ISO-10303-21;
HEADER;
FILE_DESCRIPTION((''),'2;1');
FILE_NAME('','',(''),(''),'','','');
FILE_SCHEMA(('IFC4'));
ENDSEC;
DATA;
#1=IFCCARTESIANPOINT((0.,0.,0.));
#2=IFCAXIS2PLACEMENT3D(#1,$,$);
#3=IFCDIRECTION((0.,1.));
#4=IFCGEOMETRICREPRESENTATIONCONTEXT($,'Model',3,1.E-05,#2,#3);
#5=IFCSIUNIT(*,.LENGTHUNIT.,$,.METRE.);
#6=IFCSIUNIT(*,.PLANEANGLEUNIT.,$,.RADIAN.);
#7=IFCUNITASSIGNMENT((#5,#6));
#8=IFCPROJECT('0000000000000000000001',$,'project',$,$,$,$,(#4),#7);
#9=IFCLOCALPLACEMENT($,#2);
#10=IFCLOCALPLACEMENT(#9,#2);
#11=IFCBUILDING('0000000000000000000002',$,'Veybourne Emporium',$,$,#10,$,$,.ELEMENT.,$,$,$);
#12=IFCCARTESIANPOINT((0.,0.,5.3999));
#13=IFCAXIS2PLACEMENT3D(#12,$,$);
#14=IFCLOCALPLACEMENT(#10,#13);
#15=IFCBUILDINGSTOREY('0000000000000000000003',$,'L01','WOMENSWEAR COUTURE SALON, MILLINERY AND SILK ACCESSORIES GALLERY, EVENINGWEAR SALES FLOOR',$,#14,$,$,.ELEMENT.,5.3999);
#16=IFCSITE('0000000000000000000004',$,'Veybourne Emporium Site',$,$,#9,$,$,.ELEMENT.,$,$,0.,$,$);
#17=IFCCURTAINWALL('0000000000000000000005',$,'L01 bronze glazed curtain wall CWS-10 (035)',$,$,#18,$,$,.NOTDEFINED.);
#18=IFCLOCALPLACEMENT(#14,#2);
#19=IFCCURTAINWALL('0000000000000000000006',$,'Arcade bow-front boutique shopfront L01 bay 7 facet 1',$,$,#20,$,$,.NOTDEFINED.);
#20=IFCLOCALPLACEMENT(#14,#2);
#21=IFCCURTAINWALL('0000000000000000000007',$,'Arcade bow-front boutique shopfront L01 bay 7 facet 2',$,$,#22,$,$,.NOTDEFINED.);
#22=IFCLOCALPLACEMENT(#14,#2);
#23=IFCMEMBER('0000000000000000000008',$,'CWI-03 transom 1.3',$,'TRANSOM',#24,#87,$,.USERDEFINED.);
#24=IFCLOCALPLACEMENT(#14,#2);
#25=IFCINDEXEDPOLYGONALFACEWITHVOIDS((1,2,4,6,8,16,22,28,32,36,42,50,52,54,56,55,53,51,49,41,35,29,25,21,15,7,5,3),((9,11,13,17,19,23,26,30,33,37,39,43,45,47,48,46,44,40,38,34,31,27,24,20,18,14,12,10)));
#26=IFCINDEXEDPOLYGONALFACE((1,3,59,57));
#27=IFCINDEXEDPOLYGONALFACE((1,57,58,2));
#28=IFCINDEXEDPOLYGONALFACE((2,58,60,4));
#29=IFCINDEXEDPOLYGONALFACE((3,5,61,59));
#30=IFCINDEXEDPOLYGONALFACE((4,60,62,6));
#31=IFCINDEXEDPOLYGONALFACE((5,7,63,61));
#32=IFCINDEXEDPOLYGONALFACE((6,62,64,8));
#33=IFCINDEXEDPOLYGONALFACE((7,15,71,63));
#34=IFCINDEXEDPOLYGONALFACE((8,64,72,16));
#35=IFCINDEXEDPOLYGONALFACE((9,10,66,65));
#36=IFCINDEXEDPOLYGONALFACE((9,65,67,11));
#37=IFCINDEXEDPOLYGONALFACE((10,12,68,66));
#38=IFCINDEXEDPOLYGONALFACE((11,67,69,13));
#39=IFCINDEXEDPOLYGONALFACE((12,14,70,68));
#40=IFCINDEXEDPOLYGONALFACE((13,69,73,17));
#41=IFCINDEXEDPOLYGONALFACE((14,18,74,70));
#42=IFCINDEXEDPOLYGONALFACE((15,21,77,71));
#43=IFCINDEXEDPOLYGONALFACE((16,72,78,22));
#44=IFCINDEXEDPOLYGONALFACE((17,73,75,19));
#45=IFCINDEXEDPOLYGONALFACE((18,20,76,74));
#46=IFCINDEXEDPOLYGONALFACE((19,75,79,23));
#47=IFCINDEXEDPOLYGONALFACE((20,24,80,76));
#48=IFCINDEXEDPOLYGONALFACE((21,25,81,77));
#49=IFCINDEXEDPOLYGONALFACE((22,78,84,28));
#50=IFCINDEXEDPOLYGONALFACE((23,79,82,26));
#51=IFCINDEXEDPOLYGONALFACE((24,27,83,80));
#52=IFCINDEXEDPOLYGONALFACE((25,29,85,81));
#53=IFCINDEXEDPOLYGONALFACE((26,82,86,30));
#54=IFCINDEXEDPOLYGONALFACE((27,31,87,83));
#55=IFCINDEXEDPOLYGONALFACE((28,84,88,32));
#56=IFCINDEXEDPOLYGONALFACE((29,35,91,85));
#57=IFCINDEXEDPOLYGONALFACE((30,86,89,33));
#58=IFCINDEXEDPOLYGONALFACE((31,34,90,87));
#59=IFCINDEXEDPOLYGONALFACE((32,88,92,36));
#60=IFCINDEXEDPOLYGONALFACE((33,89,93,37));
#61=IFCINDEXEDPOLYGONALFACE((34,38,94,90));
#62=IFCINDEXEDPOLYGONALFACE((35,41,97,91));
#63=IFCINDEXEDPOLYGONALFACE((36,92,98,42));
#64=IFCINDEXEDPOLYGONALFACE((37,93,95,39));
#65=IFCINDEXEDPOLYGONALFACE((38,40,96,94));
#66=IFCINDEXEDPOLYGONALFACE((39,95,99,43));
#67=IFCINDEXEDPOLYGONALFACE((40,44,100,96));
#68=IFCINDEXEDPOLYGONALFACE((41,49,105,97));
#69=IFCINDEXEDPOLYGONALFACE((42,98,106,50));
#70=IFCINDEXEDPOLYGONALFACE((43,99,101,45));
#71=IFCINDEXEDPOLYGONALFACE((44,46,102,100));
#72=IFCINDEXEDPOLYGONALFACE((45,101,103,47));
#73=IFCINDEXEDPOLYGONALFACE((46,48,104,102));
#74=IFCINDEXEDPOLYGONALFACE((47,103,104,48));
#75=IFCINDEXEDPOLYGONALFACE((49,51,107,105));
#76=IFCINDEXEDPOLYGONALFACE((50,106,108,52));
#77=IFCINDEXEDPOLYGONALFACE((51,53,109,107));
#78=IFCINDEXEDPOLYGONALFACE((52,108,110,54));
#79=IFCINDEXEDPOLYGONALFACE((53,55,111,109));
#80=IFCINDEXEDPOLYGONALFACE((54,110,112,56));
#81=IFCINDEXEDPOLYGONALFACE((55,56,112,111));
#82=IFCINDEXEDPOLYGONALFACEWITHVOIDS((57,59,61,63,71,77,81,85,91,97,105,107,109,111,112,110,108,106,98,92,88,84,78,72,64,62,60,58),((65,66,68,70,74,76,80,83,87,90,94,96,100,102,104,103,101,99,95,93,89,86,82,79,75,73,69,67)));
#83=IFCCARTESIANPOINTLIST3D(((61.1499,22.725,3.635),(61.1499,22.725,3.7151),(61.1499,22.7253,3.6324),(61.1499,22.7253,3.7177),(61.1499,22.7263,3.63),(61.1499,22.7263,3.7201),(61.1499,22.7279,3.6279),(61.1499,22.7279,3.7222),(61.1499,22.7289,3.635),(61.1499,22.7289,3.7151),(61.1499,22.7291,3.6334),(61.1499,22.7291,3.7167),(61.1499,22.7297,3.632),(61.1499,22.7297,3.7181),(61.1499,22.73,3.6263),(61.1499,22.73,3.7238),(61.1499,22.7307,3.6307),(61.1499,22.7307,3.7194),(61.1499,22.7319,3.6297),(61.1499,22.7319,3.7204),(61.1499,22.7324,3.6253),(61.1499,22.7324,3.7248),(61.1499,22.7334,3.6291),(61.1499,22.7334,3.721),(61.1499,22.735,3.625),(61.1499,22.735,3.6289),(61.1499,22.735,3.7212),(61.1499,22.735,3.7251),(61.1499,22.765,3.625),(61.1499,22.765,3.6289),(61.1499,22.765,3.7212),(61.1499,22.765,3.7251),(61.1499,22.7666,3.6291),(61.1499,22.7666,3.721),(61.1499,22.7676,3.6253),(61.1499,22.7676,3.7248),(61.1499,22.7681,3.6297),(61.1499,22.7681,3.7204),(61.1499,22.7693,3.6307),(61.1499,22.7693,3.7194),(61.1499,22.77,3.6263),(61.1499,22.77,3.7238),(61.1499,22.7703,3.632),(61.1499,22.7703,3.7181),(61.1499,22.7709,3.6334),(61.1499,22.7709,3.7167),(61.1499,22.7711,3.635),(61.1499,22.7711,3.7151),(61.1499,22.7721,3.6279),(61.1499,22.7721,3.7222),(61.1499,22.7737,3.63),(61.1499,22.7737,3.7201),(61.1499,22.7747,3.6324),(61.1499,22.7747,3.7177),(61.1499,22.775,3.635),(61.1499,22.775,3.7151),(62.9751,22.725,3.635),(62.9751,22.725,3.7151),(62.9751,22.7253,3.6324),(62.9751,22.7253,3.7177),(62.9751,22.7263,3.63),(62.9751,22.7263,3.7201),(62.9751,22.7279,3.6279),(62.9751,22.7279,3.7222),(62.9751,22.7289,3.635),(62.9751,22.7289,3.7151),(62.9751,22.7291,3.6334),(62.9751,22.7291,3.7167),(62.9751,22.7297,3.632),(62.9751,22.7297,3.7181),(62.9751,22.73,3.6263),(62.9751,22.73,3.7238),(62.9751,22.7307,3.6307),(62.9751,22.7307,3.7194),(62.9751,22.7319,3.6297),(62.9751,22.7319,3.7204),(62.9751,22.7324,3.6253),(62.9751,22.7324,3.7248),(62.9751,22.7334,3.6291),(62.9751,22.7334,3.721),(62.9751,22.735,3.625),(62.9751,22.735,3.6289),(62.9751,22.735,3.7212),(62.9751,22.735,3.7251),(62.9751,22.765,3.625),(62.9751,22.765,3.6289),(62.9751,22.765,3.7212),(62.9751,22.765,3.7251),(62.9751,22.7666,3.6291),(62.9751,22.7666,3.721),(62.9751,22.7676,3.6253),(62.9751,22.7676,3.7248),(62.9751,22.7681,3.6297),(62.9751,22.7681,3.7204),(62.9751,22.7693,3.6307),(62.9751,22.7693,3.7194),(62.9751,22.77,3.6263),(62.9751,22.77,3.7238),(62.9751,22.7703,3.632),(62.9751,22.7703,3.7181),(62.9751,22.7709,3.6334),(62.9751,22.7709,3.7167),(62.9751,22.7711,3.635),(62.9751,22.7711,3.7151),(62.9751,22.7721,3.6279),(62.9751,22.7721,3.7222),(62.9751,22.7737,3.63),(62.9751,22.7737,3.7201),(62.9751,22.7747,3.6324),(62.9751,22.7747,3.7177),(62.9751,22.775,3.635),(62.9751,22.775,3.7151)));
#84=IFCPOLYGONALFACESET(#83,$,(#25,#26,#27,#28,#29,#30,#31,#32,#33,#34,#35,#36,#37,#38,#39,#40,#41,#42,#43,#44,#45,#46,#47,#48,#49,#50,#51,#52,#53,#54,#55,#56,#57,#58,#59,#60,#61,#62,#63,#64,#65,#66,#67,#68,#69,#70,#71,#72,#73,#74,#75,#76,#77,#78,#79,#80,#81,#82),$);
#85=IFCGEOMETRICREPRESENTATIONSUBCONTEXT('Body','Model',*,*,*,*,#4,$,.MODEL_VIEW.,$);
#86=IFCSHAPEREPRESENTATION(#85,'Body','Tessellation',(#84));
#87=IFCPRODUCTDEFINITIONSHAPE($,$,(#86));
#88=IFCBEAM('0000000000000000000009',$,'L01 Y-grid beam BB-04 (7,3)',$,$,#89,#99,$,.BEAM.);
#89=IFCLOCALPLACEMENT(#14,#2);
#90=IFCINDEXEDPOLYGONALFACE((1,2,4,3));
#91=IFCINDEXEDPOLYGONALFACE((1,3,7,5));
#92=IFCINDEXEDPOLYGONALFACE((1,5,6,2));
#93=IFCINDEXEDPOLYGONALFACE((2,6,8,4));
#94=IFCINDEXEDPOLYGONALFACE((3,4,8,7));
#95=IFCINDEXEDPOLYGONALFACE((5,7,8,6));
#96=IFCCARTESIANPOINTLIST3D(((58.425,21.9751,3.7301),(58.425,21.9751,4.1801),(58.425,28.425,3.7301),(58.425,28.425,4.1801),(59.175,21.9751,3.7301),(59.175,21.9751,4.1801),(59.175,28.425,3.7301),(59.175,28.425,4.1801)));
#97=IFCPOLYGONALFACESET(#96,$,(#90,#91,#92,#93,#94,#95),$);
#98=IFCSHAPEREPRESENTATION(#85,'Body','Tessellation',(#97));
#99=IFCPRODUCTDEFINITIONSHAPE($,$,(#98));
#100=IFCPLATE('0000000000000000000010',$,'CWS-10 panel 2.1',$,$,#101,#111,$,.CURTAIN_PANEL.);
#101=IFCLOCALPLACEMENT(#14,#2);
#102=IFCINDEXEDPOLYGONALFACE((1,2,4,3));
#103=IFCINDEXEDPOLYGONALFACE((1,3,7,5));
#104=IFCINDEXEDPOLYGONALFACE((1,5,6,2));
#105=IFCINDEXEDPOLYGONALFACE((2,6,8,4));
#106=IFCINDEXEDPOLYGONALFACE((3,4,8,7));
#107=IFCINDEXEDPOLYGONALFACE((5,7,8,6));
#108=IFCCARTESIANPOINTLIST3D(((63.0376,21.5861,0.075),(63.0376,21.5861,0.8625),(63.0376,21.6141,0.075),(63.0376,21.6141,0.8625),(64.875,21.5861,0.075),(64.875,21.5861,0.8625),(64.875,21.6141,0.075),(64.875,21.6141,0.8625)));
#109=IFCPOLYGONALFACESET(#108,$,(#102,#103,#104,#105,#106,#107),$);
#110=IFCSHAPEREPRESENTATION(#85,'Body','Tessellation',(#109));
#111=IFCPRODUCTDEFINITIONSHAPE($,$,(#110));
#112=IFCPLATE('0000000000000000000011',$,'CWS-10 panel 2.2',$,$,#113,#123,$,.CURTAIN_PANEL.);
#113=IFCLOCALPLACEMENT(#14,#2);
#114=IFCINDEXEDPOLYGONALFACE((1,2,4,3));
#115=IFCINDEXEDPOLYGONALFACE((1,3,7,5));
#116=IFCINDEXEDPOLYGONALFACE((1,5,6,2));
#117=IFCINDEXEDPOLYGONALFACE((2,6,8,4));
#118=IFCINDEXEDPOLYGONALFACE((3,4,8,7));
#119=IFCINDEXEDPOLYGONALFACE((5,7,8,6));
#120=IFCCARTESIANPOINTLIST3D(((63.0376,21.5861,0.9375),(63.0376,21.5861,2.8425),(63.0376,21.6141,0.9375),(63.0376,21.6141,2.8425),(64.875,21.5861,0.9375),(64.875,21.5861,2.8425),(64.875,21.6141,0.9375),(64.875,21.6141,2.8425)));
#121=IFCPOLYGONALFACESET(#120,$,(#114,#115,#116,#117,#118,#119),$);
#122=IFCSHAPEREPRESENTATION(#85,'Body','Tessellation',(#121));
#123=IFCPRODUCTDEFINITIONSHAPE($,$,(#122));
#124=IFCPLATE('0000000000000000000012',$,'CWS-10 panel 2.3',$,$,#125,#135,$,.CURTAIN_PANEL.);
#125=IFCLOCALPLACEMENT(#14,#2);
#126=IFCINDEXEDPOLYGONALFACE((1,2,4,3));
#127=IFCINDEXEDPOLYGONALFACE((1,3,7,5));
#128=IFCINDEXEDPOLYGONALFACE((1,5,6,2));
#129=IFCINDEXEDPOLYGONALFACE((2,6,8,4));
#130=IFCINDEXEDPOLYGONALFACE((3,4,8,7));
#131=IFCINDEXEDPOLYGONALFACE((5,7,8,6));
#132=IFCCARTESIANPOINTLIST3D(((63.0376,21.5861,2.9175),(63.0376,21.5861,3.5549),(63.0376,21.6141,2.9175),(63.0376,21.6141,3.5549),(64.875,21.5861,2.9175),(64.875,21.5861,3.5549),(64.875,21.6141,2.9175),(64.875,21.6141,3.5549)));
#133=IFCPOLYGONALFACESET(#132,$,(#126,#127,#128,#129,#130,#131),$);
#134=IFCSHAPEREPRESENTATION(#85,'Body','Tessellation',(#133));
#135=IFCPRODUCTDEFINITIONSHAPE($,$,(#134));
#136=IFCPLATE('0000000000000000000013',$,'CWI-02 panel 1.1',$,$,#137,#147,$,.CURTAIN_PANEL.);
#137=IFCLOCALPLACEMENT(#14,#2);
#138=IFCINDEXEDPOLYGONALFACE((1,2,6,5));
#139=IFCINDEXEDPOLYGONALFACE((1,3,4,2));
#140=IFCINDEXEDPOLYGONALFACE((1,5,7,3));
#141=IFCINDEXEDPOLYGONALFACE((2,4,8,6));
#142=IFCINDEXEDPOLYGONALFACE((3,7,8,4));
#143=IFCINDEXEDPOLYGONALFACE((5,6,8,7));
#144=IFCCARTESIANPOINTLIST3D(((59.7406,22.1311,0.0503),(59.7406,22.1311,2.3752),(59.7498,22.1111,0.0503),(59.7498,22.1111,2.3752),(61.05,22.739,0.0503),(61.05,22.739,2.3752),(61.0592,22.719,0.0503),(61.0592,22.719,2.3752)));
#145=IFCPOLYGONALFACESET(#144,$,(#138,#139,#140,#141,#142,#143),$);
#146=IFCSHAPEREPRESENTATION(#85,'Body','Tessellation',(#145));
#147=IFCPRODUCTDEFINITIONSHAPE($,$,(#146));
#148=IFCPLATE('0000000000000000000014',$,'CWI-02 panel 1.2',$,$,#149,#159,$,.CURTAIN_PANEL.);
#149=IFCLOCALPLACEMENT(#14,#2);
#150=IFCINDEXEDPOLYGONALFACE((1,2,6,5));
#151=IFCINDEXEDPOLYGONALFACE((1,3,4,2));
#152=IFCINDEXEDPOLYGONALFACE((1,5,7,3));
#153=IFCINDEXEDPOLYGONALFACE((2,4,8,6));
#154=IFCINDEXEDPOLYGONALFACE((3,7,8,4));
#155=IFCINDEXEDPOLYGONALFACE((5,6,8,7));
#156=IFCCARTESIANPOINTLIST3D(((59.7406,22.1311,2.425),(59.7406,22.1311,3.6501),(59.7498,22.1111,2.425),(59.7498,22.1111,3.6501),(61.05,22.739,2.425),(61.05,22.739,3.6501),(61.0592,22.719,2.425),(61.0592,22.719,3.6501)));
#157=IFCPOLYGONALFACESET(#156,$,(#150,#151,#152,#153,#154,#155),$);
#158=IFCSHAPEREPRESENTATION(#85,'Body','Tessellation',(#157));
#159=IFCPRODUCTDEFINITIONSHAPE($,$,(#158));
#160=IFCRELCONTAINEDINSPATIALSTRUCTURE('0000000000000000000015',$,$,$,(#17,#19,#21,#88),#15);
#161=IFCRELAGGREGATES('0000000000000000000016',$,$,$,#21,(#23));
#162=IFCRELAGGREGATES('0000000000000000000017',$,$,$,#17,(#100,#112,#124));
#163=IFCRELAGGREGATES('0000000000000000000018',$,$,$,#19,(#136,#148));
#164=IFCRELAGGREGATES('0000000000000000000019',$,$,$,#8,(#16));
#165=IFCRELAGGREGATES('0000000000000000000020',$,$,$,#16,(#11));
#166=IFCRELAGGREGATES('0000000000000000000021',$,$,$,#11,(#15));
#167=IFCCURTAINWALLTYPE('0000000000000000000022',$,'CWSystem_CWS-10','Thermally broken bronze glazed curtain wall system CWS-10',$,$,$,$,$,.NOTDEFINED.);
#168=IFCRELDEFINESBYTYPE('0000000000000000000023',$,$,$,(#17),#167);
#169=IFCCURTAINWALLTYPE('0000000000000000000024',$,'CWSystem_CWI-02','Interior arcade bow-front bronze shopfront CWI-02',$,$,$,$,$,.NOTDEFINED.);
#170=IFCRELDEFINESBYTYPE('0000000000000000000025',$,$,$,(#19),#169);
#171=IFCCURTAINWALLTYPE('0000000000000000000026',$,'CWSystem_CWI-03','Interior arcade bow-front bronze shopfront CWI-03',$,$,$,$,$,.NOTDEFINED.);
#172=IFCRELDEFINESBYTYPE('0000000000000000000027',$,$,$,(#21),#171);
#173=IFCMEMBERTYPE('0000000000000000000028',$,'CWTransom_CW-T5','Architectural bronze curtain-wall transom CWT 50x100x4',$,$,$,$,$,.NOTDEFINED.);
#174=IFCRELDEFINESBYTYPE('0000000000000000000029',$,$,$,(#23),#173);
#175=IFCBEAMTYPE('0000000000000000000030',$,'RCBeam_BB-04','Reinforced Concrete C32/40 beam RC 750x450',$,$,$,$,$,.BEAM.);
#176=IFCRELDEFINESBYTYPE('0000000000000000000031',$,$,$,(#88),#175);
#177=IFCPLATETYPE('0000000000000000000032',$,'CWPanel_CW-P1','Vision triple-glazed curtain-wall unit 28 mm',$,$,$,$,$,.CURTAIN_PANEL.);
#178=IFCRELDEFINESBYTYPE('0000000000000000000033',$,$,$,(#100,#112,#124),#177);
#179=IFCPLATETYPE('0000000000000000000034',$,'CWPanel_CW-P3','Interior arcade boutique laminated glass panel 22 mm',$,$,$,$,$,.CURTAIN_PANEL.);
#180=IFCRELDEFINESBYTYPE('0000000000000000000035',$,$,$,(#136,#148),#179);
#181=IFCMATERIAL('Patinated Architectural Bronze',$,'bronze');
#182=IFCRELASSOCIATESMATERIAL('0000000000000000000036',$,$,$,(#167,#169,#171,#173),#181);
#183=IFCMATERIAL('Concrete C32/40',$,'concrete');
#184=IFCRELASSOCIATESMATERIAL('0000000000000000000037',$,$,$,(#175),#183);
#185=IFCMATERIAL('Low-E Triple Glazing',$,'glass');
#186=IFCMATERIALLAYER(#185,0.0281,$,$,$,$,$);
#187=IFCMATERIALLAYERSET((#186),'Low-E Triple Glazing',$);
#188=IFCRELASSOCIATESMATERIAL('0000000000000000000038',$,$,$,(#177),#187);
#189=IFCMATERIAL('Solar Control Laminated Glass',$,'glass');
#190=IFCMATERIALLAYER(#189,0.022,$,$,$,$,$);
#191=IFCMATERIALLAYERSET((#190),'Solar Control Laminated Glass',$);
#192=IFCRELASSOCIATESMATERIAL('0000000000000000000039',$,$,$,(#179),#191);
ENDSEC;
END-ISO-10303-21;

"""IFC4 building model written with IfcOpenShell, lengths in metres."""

from ifc_helpers import new_model, si_unit, direction, frame, origin, origin_2d, place, context, subcontext, project, spatial, rectangle, hollow_rectangle, extrude, material, layer, layer_set, material_profile, profile_set, type_object, element, aggregate, save


model = new_model("IFC4")

# Units and contexts
model_context = context("Model", 3, precision=1e-05, world=origin(), true_north=direction((0.0, 1.0)))
body_context = subcontext(model_context, "Body", "Model", "MODEL_VIEW")
ifc_project = project(units=[si_unit("LENGTHUNIT", "METRE"), si_unit("PLANEANGLEUNIT", "RADIAN")], contexts=[model_context])

# Site, building, storey
site_placement = place(None, origin())
site = spatial("IfcSite", under=ifc_project, at=site_placement, Name="Veybourne Emporium Site", CompositionType="ELEMENT", RefElevation=0.0)
building_placement = place(site_placement, origin())
building = spatial("IfcBuilding", under=site, at=building_placement, Name="Veybourne Emporium", CompositionType="ELEMENT")
storey_placement = place(building_placement, frame((0.0, 0.0, 5.3999)))
storey = spatial("IfcBuildingStorey", under=building, at=storey_placement, Name="L01", Description="WOMENSWEAR COUTURE SALON, MILLINERY AND SILK ACCESSORIES GALLERY, EVENINGWEAR SALES FLOOR", CompositionType="ELEMENT", Elevation=5.3999)

# Curtain wall
ifc_material_1 = material(Name="Patinated Architectural Bronze", Category="bronze")
curtain_wall_type_1 = type_object("IfcCurtainWallType", Name="CWSystem_CWS-10", Description="Thermally broken bronze glazed curtain wall system CWS-10", PredefinedType="NOTDEFINED", material=ifc_material_1)
curtain_wall_1_placement = place(storey_placement, origin())
curtain_wall_1 = element("IfcCurtainWall", 1, at=curtain_wall_1_placement, inside=storey, type_object=curtain_wall_type_1, Name="L01 bronze glazed curtain wall CWS-10 (035)", PredefinedType="NOTDEFINED")

# Curtain wall
curtain_wall_type_2 = type_object("IfcCurtainWallType", Name="CWSystem_CWI-02", Description="Interior arcade bow-front bronze shopfront CWI-02", PredefinedType="NOTDEFINED", material=ifc_material_1)
curtain_wall_2_placement = place(storey_placement, origin())
curtain_wall_2 = element("IfcCurtainWall", 2, at=curtain_wall_2_placement, inside=storey, type_object=curtain_wall_type_2, Name="Arcade bow-front boutique shopfront L01 bay 7 facet 1", PredefinedType="NOTDEFINED")

# Curtain wall
curtain_wall_type_3 = type_object("IfcCurtainWallType", Name="CWSystem_CWI-03", Description="Interior arcade bow-front bronze shopfront CWI-03", PredefinedType="NOTDEFINED", material=ifc_material_1)
curtain_wall_3_placement = place(storey_placement, origin())
curtain_wall_3 = element("IfcCurtainWall", 3, at=curtain_wall_3_placement, inside=storey, type_object=curtain_wall_type_3, Name="Arcade bow-front boutique shopfront L01 bay 7 facet 2", PredefinedType="NOTDEFINED")

# Member
ifc_material_profile_1 = material_profile(ifc_material_1, hollow_rectangle(XDim=0.05, YDim=0.1001, WallThickness=0.0039, InnerFilletRadius=0.0061, OuterFilletRadius=0.01, at=origin_2d()), Name="CWT 50x100x4")
ifc_profile_set_1 = profile_set([ifc_material_profile_1], Name="Patinated Architectural Bronze")
member_type_1 = type_object("IfcMemberType", Name="CWTransom_CW-T5", Description="Architectural bronze curtain-wall transom CWT 50x100x4", PredefinedType="NOTDEFINED", material=ifc_profile_set_1)
member_1_placement = place(storey_placement, frame((61.1499, 22.75, 3.675), z_axis=(1.0, 0.0, 0.0), x_axis=(0.0, 1.0, 0.0)))
member_1 = element("IfcMember", 4, at=member_1_placement, type_object=member_type_1, Name="CWI-03 transom 1.3", ObjectType="TRANSOM", PredefinedType="USERDEFINED", context=body_context, shape_type="SweptSolid", body=[
    extrude(hollow_rectangle(XDim=0.05, YDim=0.1001, WallThickness=0.0039, InnerFilletRadius=0.0061, OuterFilletRadius=0.01, at=origin_2d()), origin(), (0.0, 0.0, 1.0), 1.8252),
])
aggregate(curtain_wall_3, [member_1])

# Beam
ifc_material_2 = material(Name="Concrete C32/40", Category="concrete")
ifc_material_profile_2 = material_profile(ifc_material_2, rectangle(XDim=0.75, YDim=0.45, at=origin_2d()), Name="RC 750x450")
ifc_profile_set_2 = profile_set([ifc_material_profile_2], Name="Concrete C32/40")
beam_type = type_object("IfcBeamType", Name="RCBeam_BB-04", Description="Reinforced Concrete C32/40 beam RC 750x450", PredefinedType="BEAM", material=ifc_profile_set_2)
beam_placement = place(storey_placement, frame((58.8, 21.9751, 3.9551), z_axis=(0.0, 1.0, 0.0), x_axis=(-1.0, 0.0, 0.0)))
element("IfcBeam", 5, at=beam_placement, inside=storey, type_object=beam_type, Name="L01 Y-grid beam BB-04 (7,3)", PredefinedType="BEAM", context=body_context, shape_type="SweptSolid", body=[
    extrude(rectangle(XDim=0.75, YDim=0.45, at=origin_2d()), origin(), (0.0, 0.0, 1.0), 6.45),
])

# Plates
ifc_material_3 = material(Name="Low-E Triple Glazing", Category="glass")
ifc_layer_1 = layer(ifc_material_3, 0.0281)
ifc_layer_set_1 = layer_set([ifc_layer_1], Name="Low-E Triple Glazing")
plate_type_1 = type_object("IfcPlateType", Name="CWPanel_CW-P1", Description="Vision triple-glazed curtain-wall unit 28 mm", PredefinedType="CURTAIN_PANEL", material=ifc_layer_set_1)
plate_1_placement = place(storey_placement, frame((63.9563, 21.6001, 0.075), z_axis=(0.0, 0.0, 1.0), x_axis=(-1.0, 0.0, 0.0)))
plate_1 = element("IfcPlate", 6, at=plate_1_placement, type_object=plate_type_1, Name="CWS-10 panel 2.1", PredefinedType="CURTAIN_PANEL", context=body_context, shape_type="SweptSolid", body=[
    extrude(rectangle(XDim=1.8374, YDim=0.0281, at=origin_2d()), origin(), (0.0, 0.0, 1.0), 0.7876),
])
plate_2_placement = place(storey_placement, frame((63.9563, 21.6001, 0.9375), z_axis=(0.0, 0.0, 1.0), x_axis=(-1.0, 0.0, 0.0)))
plate_2 = element("IfcPlate", 7, at=plate_2_placement, type_object=plate_type_1, Name="CWS-10 panel 2.2", PredefinedType="CURTAIN_PANEL", context=body_context, shape_type="SweptSolid", body=[
    extrude(rectangle(XDim=1.8374, YDim=0.0281, at=origin_2d()), origin(), (0.0, 0.0, 1.0), 1.905),
])
plate_3_placement = place(storey_placement, frame((63.9563, 21.6001, 2.9175), z_axis=(0.0, 0.0, 1.0), x_axis=(-1.0, 0.0, 0.0)))
plate_3 = element("IfcPlate", 8, at=plate_3_placement, type_object=plate_type_1, Name="CWS-10 panel 2.3", PredefinedType="CURTAIN_PANEL", context=body_context, shape_type="SweptSolid", body=[
    extrude(rectangle(XDim=1.8374, YDim=0.0281, at=origin_2d()), origin(), (0.0, 0.0, 1.0), 0.6375),
])
aggregate(curtain_wall_1, [plate_1, plate_2, plate_3])
ifc_material_4 = material(Name="Solar Control Laminated Glass", Category="glass")
ifc_layer_2 = layer(ifc_material_4, 0.022)
ifc_layer_set_2 = layer_set([ifc_layer_2], Name="Solar Control Laminated Glass")
plate_type_2 = type_object("IfcPlateType", Name="CWPanel_CW-P3", Description="Interior arcade boutique laminated glass panel 22 mm", PredefinedType="CURTAIN_PANEL", material=ifc_layer_set_2)
plate_4_placement = place(storey_placement, frame((60.3999, 22.425, 0.0503), z_axis=(0.0, 0.0, 1.0), x_axis=(0.907009, 0.421111, 0.0)))
plate_4 = element("IfcPlate", 9, at=plate_4_placement, type_object=plate_type_2, Name="CWI-02 panel 1.1", PredefinedType="CURTAIN_PANEL", context=body_context, shape_type="SweptSolid", body=[
    extrude(rectangle(XDim=1.4436, YDim=0.022, at=origin_2d()), origin(), (0.0, 0.0, 1.0), 2.325),
])
plate_5_placement = place(storey_placement, frame((60.3999, 22.425, 2.425), z_axis=(0.0, 0.0, 1.0), x_axis=(0.907009, 0.421111, 0.0)))
plate_5 = element("IfcPlate", 10, at=plate_5_placement, type_object=plate_type_2, Name="CWI-02 panel 1.2", PredefinedType="CURTAIN_PANEL", context=body_context, shape_type="SweptSolid", body=[
    extrude(rectangle(XDim=1.4436, YDim=0.022, at=origin_2d()), origin(), (0.0, 0.0, 1.0), 1.2251),
])
aggregate(curtain_wall_2, [plate_4, plate_5])

save(model, "model.ifc")
